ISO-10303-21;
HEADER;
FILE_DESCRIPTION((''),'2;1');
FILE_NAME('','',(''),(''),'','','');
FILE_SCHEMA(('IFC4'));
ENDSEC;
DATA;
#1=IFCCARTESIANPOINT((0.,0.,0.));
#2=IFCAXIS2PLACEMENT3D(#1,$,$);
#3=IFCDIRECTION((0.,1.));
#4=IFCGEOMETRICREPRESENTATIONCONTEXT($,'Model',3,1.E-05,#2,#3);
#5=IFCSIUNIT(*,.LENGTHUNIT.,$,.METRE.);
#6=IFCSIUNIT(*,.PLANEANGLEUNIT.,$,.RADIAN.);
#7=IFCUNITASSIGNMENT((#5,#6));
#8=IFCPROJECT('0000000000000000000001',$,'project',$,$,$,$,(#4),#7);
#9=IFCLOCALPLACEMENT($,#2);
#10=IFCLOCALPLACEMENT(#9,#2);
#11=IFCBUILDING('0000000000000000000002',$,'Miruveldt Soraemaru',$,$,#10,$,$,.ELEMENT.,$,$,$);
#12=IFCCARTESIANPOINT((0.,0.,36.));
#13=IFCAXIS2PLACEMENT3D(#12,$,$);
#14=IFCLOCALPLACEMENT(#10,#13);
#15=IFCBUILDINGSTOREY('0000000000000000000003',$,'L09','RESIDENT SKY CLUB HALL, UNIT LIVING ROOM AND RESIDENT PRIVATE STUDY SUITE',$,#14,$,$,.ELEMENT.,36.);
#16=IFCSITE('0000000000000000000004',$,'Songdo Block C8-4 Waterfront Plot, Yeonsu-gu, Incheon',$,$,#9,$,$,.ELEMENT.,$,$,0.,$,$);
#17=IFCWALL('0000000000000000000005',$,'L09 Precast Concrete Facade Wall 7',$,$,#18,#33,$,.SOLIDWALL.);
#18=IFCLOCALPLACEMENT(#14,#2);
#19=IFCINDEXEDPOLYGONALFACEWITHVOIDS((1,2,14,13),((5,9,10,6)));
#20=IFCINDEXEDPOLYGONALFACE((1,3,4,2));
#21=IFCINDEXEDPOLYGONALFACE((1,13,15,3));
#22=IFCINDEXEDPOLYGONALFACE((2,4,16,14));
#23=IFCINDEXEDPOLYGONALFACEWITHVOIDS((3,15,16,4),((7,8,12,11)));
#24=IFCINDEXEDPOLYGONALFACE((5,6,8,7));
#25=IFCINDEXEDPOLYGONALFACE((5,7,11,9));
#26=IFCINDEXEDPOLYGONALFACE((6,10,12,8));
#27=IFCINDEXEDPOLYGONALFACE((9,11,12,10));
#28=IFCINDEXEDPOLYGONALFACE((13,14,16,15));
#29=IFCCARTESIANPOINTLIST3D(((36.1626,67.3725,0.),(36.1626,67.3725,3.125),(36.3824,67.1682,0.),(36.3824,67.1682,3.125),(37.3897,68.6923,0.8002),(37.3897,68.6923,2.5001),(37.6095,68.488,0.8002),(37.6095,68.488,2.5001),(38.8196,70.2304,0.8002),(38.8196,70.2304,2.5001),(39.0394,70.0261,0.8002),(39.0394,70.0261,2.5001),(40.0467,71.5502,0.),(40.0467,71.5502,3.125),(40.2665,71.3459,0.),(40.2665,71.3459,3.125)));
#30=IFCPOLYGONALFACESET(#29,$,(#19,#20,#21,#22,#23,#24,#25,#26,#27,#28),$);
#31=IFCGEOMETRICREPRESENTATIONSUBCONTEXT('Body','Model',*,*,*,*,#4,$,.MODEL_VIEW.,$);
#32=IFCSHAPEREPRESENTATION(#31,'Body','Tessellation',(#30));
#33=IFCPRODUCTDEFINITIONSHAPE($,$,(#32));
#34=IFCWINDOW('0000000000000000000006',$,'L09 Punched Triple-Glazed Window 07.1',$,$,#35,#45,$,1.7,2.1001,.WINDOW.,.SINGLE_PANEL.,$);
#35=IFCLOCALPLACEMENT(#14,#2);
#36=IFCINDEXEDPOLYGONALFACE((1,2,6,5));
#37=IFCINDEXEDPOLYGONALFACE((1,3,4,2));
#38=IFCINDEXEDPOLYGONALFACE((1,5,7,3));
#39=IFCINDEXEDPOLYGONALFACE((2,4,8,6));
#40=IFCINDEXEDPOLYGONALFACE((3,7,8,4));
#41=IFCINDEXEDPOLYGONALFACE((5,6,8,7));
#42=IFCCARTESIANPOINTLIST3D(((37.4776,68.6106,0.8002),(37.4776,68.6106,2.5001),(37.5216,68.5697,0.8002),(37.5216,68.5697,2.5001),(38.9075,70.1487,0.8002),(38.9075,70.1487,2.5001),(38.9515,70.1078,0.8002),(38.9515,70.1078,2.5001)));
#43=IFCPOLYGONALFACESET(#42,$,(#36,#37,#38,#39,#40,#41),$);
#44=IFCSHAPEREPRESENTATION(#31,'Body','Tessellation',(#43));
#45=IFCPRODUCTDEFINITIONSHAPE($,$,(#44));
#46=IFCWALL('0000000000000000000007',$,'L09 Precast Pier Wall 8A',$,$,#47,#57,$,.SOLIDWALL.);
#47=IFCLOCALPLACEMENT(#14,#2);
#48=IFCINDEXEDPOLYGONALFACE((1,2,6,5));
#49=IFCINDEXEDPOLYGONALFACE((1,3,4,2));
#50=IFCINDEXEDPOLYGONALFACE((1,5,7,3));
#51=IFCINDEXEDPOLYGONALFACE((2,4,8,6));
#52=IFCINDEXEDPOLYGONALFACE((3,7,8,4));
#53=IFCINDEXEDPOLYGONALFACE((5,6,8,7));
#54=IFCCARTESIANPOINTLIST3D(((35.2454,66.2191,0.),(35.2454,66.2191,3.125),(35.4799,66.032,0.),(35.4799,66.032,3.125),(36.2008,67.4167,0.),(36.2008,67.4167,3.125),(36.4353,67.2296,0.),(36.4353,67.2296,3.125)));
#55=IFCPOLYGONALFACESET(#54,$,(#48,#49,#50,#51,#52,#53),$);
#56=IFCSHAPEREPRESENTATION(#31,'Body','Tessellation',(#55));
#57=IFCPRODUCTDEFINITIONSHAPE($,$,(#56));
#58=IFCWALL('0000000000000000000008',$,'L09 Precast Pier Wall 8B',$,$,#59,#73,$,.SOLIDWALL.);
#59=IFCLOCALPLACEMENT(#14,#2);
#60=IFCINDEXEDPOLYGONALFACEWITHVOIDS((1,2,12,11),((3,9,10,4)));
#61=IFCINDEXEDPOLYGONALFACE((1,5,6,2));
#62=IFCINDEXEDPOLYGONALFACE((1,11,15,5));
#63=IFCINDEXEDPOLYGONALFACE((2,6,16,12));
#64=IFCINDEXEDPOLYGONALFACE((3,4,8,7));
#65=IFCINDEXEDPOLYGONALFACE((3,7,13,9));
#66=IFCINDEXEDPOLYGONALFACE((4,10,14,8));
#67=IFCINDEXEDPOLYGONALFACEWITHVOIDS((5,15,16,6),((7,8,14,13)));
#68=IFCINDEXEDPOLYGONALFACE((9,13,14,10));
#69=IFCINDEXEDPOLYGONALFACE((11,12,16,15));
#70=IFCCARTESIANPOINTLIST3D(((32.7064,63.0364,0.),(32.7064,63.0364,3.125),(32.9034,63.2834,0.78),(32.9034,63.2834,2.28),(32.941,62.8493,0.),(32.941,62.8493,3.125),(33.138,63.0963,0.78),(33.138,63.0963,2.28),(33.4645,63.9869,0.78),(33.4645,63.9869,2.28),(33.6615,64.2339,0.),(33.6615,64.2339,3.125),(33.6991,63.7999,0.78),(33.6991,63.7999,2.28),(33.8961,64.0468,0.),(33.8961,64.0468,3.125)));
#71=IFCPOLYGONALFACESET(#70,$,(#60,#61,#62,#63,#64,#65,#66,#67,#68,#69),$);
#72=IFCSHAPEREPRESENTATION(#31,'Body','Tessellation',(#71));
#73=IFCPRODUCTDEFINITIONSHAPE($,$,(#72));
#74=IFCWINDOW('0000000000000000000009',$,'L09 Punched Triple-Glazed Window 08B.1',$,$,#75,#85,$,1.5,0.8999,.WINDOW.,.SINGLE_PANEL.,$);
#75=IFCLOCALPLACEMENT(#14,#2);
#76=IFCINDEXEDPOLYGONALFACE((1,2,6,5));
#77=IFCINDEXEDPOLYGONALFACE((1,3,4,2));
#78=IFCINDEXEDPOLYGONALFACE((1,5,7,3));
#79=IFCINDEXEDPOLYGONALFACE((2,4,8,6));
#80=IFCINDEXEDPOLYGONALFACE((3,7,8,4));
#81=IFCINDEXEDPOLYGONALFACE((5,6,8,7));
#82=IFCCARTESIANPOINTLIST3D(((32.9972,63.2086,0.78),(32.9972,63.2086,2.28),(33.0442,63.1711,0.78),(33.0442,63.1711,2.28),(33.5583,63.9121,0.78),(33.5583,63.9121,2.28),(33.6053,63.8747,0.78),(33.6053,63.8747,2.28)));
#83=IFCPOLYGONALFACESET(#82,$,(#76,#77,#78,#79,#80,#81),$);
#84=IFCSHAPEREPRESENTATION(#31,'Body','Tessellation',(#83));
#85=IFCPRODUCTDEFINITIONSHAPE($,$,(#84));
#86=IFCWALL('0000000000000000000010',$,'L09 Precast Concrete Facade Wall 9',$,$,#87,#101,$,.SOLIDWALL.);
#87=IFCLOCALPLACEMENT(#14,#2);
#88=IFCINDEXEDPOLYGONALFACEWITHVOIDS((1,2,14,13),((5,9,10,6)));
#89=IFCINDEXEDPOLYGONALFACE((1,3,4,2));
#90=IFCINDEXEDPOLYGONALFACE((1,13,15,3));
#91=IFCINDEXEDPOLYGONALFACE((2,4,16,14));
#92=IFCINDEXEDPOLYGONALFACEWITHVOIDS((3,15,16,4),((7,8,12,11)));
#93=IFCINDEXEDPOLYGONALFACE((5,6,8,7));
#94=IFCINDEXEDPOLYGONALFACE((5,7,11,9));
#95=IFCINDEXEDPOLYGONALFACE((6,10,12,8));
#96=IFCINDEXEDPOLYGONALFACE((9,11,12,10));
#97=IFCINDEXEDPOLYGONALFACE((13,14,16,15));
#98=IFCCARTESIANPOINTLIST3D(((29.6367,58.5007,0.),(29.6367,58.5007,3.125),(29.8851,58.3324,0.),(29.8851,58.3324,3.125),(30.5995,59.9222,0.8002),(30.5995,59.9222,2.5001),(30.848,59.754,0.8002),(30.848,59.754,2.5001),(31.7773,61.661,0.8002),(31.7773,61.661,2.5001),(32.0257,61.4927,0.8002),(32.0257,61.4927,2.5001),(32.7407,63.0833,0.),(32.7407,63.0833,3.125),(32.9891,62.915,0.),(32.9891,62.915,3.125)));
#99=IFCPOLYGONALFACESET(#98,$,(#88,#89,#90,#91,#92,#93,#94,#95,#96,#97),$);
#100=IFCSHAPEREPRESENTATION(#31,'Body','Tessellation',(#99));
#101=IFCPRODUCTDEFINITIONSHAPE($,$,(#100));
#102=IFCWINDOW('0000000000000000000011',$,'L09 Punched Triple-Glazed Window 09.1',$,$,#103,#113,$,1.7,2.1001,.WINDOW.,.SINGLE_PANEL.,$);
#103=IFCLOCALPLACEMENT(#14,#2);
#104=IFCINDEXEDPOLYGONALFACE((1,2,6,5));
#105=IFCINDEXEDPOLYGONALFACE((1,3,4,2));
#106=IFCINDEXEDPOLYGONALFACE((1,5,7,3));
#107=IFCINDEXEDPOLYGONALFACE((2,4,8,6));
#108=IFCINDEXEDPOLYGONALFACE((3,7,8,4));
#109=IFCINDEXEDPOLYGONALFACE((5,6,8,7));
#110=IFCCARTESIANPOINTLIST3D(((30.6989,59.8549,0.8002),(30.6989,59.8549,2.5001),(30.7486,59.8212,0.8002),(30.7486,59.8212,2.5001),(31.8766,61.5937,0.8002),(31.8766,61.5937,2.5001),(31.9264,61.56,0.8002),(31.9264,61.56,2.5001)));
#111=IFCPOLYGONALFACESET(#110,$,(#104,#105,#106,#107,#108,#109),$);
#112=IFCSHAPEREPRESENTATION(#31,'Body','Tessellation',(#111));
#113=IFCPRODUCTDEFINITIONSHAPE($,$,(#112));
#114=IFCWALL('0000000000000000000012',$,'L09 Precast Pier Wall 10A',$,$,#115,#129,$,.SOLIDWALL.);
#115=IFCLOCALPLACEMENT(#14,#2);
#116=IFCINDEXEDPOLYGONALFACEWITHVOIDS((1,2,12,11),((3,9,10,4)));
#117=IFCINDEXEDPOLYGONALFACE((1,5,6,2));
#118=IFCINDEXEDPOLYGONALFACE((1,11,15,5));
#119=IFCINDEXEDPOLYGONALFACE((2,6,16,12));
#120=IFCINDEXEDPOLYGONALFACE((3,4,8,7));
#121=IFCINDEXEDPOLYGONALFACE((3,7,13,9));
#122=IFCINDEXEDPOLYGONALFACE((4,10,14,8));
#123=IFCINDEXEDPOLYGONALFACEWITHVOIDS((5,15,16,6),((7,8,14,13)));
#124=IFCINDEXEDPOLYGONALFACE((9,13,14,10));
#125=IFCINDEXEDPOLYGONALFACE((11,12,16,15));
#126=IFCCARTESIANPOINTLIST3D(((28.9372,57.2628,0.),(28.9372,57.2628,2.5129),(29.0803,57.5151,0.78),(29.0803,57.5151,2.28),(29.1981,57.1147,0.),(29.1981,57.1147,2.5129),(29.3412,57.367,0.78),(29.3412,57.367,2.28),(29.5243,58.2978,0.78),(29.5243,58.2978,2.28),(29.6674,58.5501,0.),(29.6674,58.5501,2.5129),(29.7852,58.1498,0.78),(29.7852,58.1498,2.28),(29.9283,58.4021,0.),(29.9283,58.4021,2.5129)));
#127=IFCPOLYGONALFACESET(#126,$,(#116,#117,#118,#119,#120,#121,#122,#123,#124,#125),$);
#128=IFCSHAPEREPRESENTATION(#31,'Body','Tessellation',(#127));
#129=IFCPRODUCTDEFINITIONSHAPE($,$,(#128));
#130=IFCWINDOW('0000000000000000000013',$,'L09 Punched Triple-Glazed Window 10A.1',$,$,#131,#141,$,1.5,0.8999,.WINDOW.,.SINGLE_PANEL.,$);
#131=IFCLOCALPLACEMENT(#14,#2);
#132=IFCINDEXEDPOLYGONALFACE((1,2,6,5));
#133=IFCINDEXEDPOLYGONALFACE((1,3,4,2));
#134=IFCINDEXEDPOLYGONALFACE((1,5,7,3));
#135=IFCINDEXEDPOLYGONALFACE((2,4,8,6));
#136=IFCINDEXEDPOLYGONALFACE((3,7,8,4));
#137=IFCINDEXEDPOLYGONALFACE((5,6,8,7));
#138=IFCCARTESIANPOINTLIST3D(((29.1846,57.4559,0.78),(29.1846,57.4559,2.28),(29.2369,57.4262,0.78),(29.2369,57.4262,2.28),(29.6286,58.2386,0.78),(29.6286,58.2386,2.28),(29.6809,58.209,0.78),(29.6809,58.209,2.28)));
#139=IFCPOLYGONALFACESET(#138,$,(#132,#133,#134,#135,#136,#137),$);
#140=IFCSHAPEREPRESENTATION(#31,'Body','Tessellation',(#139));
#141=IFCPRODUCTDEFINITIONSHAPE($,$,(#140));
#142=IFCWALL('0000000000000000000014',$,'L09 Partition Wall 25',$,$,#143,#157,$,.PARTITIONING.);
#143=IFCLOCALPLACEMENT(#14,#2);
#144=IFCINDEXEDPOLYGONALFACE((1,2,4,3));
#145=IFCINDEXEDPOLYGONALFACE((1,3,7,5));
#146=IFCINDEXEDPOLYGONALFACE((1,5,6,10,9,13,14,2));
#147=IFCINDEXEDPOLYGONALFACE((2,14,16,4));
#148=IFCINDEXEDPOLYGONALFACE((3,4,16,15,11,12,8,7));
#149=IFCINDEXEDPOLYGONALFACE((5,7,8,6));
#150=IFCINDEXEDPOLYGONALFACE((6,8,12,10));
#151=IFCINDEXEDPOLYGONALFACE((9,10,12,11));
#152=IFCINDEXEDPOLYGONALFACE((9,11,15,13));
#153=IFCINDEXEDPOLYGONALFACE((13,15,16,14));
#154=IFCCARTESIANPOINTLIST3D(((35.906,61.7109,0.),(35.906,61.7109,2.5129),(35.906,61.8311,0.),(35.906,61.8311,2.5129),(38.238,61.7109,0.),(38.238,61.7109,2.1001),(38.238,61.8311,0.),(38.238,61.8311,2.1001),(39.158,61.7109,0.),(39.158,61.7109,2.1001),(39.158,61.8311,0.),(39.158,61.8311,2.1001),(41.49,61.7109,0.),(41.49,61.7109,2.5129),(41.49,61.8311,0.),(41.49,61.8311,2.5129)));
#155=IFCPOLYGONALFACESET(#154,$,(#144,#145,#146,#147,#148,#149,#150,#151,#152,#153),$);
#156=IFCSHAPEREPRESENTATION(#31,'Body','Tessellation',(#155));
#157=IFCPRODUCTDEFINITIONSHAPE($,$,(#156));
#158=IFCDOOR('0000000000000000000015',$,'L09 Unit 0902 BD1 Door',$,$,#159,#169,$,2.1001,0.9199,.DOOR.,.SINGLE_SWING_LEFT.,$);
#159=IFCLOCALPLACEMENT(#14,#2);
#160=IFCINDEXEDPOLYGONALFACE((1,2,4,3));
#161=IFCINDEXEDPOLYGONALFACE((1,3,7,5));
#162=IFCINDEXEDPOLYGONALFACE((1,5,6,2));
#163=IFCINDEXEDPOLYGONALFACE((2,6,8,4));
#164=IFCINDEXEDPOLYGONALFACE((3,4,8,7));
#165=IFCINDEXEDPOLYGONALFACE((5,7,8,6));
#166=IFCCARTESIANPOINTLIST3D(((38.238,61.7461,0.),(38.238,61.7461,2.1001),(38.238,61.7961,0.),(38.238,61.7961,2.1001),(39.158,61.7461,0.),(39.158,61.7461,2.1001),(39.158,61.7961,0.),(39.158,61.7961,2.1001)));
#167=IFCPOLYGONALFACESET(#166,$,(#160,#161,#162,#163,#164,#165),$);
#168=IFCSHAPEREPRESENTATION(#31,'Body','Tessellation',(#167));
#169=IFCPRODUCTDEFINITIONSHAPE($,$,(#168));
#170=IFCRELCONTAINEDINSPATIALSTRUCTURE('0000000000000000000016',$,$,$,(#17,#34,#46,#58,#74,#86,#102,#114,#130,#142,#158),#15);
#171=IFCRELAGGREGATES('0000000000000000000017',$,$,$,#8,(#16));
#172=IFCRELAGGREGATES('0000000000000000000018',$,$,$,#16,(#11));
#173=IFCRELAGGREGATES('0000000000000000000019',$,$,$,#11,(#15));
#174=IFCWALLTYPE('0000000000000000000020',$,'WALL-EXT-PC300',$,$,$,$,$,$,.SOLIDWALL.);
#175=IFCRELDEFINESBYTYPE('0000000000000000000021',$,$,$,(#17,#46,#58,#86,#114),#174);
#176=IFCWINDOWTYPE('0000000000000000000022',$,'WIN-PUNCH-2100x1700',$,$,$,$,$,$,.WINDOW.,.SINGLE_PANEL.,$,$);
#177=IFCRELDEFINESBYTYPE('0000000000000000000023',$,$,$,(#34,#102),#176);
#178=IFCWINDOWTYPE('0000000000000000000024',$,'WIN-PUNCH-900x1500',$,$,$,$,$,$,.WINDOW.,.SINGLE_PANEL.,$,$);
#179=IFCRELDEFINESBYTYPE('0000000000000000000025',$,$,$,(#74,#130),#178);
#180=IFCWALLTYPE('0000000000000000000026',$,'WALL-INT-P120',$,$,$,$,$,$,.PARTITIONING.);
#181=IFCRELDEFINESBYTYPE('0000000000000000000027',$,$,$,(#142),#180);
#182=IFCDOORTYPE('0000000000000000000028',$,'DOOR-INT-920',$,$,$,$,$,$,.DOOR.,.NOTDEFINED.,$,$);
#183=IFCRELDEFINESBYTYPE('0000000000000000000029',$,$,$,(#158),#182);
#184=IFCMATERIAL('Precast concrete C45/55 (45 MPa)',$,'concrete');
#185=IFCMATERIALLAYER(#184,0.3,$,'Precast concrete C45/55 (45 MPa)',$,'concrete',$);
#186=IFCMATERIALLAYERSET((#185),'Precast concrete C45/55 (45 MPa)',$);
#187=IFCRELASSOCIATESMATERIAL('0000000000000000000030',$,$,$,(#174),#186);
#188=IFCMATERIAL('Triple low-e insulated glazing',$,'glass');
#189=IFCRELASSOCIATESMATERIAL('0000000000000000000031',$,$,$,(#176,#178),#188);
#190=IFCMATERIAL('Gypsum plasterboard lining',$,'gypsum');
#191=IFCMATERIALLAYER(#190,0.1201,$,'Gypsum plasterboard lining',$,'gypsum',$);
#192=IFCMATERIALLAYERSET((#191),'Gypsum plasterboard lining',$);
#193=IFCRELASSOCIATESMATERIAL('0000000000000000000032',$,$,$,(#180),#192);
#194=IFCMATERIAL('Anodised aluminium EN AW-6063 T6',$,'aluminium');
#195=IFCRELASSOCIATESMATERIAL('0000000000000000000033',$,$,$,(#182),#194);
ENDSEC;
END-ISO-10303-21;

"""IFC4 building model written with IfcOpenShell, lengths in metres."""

from ifc_helpers import new_model, si_unit, direction, frame, frame_2d, origin, place, context, subcontext, project, spatial, rectangle, extrude, material, layer, layer_set, type_object, element, fill, save


model = new_model("IFC4")

# Units and contexts
model_context = context("Model", 3, precision=1e-05, world=origin(), true_north=direction((0.0, 1.0)))
body_context = subcontext(model_context, "Body", "Model", "MODEL_VIEW")
ifc_project = project(units=[si_unit("LENGTHUNIT", "METRE"), si_unit("PLANEANGLEUNIT", "RADIAN")], contexts=[model_context])

# Site, building, storey
site_placement = place(None, origin())
site = spatial("IfcSite", under=ifc_project, at=site_placement, Name="Songdo Block C8-4 Waterfront Plot, Yeonsu-gu, Incheon", CompositionType="ELEMENT", RefElevation=0.0)
building_placement = place(site_placement, origin())
building = spatial("IfcBuilding", under=site, at=building_placement, Name="Miruveldt Soraemaru", CompositionType="ELEMENT")
storey_placement = place(building_placement, frame((0.0, 0.0, 36.0)))
storey = spatial("IfcBuildingStorey", under=building, at=storey_placement, Name="L09", Description="RESIDENT SKY CLUB HALL, UNIT LIVING ROOM AND RESIDENT PRIVATE STUDY SUITE", CompositionType="ELEMENT", Elevation=36.0)

# Shared definitions
ifc_material_1 = material(Name="Anodised aluminium EN AW-6063 T6", Category="aluminium")

# Shared definitions
ifc_material_2 = material(Name="Triple low-e insulated glazing", Category="glass")

# Wall, opening, window
ifc_material_3 = material(Name="Precast concrete C45/55 (45 MPa)", Category="concrete")
ifc_layer_1 = layer(ifc_material_3, 0.3, Name="Precast concrete C45/55 (45 MPa)", Category="concrete")
ifc_layer_set_1 = layer_set([ifc_layer_1], Name="Precast concrete C45/55 (45 MPa)")
wall_type_1 = type_object("IfcWallType", Name="WALL-EXT-PC300", PredefinedType="SOLIDWALL", material=ifc_layer_set_1)
wall_1_placement = place(storey_placement, frame((40.1565, 71.448, 0.0), z_axis=(0.0, 0.0, 1.0), x_axis=(-0.680894, -0.732382, 0.0)))
wall_1 = element("IfcWall", 1, at=wall_1_placement, inside=storey, type_object=wall_type_1, Name="L09 Precast Concrete Facade Wall 7", PredefinedType="SOLIDWALL", context=body_context, shape_type="SweptSolid", body=[
    extrude(rectangle(XDim=5.7043, YDim=0.3, at=frame_2d((2.8521, 0.0))), origin(), (0.0, 0.0, 1.0), 3.125),
])
opening_1_placement = place(wall_1_placement, frame((1.802, 0.0, 0.8)))
opening_1 = element("IfcOpeningElement", 2, at=opening_1_placement, cuts=wall_1, PredefinedType="OPENING", context=body_context, shape_type="SweptSolid", body=[
    extrude(rectangle(XDim=2.1001, YDim=1.7, at=frame_2d((1.05, 0.8501))), frame((0.0, 0.1602, 0.0), z_axis=(0.0, -1.0, 0.0), x_axis=(1.0, 0.0, 0.0)), (0.0, 0.0, 1.0), 0.3201),
])
window_type_1 = type_object("IfcWindowType", Name="WIN-PUNCH-2100x1700", PartitioningType="SINGLE_PANEL", PredefinedType="WINDOW", material=ifc_material_2)
window_1_placement = place(opening_1_placement, origin())
window_1 = element("IfcWindow", 3, at=window_1_placement, inside=storey, type_object=window_type_1, Name="L09 Punched Triple-Glazed Window 07.1", OverallHeight=1.7, OverallWidth=2.1001, PartitioningType="SINGLE_PANEL", PredefinedType="WINDOW", context=body_context, shape_type="SweptSolid", body=[
    extrude(rectangle(XDim=2.1001, YDim=1.7, at=frame_2d((1.05, 0.8501))), frame((0.0, 0.03, 0.0), z_axis=(0.0, -1.0, 0.0), x_axis=(1.0, 0.0, 0.0)), (0.0, 0.0, 1.0), 0.0601),
])
fill(opening_1, window_1)

# Wall
wall_2_placement = place(storey_placement, frame((36.3181, 67.3232, 0.0), z_axis=(0.0, 0.0, 1.0), x_axis=(-0.623625, -0.781723, 0.0)))
element("IfcWall", 4, at=wall_2_placement, inside=storey, type_object=wall_type_1, Name="L09 Precast Pier Wall 8A", PredefinedType="SOLIDWALL", context=body_context, shape_type="SweptSolid", body=[
    extrude(rectangle(XDim=1.532, YDim=0.3, at=frame_2d((0.7661, 0.0))), origin(), (0.0, 0.0, 1.0), 3.125),
])

# Walls, openings, windows
wall_3_placement = place(storey_placement, frame((33.7788, 64.1404, 0.0), z_axis=(0.0, 0.0, 1.0), x_axis=(-0.623528, -0.781801, 0.0)))
wall_3 = element("IfcWall", 5, at=wall_3_placement, inside=storey, type_object=wall_type_1, Name="L09 Precast Pier Wall 8B", PredefinedType="SOLIDWALL", context=body_context, shape_type="SweptSolid", body=[
    extrude(rectangle(XDim=1.5317, YDim=0.3, at=frame_2d((0.7659, 0.0))), origin(), (0.0, 0.0, 1.0), 3.125),
])
opening_2_placement = place(wall_3_placement, frame((0.3159, 0.0, 0.78)))
opening_2 = element("IfcOpeningElement", 6, at=opening_2_placement, cuts=wall_3, PredefinedType="OPENING", context=body_context, shape_type="SweptSolid", body=[
    extrude(rectangle(XDim=0.8999, YDim=1.5, at=frame_2d((0.45, 0.75))), frame((0.0, 0.1602, 0.0), z_axis=(0.0, -1.0, 0.0), x_axis=(1.0, 0.0, 0.0)), (0.0, 0.0, 1.0), 0.3201),
])
window_type_2 = type_object("IfcWindowType", Name="WIN-PUNCH-900x1500", PartitioningType="SINGLE_PANEL", PredefinedType="WINDOW", material=ifc_material_2)
window_2_placement = place(opening_2_placement, origin())
window_2 = element("IfcWindow", 7, at=window_2_placement, inside=storey, type_object=window_type_2, Name="L09 Punched Triple-Glazed Window 08B.1", OverallHeight=1.5, OverallWidth=0.8999, PartitioningType="SINGLE_PANEL", PredefinedType="WINDOW", context=body_context, shape_type="SweptSolid", body=[
    extrude(rectangle(XDim=0.8999, YDim=1.5, at=frame_2d((0.45, 0.75))), frame((0.0, 0.03, 0.0), z_axis=(0.0, -1.0, 0.0), x_axis=(1.0, 0.0, 0.0)), (0.0, 0.0, 1.0), 0.0601),
])
fill(opening_2, window_2)
wall_4_placement = place(storey_placement, frame((32.865, 62.9993, 0.0), z_axis=(0.0, 0.0, 1.0), x_axis=(-0.560813, -0.827942, 0.0)))
wall_4 = element("IfcWall", 8, at=wall_4_placement, inside=storey, type_object=wall_type_1, Name="L09 Precast Concrete Facade Wall 9", PredefinedType="SOLIDWALL", context=body_context, shape_type="SweptSolid", body=[
    extrude(rectangle(XDim=5.5349, YDim=0.3, at=frame_2d((2.7676, 0.0))), origin(), (0.0, 0.0, 1.0), 3.125),
])
opening_3_placement = place(wall_4_placement, frame((1.718, 0.0, 0.8)))
opening_3 = element("IfcOpeningElement", 9, at=opening_3_placement, cuts=wall_4, PredefinedType="OPENING", context=body_context, shape_type="SweptSolid", body=[
    extrude(rectangle(XDim=2.1001, YDim=1.7, at=frame_2d((1.05, 0.8501))), frame((0.0, 0.1602, 0.0), z_axis=(0.0, -1.0, 0.0), x_axis=(1.0, 0.0, 0.0)), (0.0, 0.0, 1.0), 0.3201),
])
window_3_placement = place(opening_3_placement, origin())
window_3 = element("IfcWindow", 10, at=window_3_placement, inside=storey, type_object=window_type_1, Name="L09 Punched Triple-Glazed Window 09.1", OverallHeight=1.7, OverallWidth=2.1001, PartitioningType="SINGLE_PANEL", PredefinedType="WINDOW", context=body_context, shape_type="SweptSolid", body=[
    extrude(rectangle(XDim=2.1001, YDim=1.7, at=frame_2d((1.05, 0.8501))), frame((0.0, 0.03, 0.0), z_axis=(0.0, -1.0, 0.0), x_axis=(1.0, 0.0, 0.0)), (0.0, 0.0, 1.0), 0.0601),
])
fill(opening_3, window_3)
wall_5_placement = place(storey_placement, frame((29.7979, 58.4761, 0.0), z_axis=(0.0, 0.0, 1.0), x_axis=(-0.493383, -0.869812, 0.0)))
wall_5 = element("IfcWall", 11, at=wall_5_placement, inside=storey, type_object=wall_type_1, Name="L09 Precast Pier Wall 10A", PredefinedType="SOLIDWALL", context=body_context, shape_type="SweptSolid", body=[
    extrude(rectangle(XDim=1.48, YDim=0.3, at=frame_2d((0.74, 0.0))), origin(), (0.0, 0.0, 1.0), 2.5129),
])
opening_4_placement = place(wall_5_placement, frame((0.29, 0.0, 0.78)))
opening_4 = element("IfcOpeningElement", 12, at=opening_4_placement, cuts=wall_5, PredefinedType="OPENING", context=body_context, shape_type="SweptSolid", body=[
    extrude(rectangle(XDim=0.8999, YDim=1.5, at=frame_2d((0.45, 0.75))), frame((0.0, 0.1602, 0.0), z_axis=(0.0, -1.0, 0.0), x_axis=(1.0, 0.0, 0.0)), (0.0, 0.0, 1.0), 0.3201),
])
window_4_placement = place(opening_4_placement, origin())
window_4 = element("IfcWindow", 13, at=window_4_placement, inside=storey, type_object=window_type_2, Name="L09 Punched Triple-Glazed Window 10A.1", OverallHeight=1.5, OverallWidth=0.8999, PartitioningType="SINGLE_PANEL", PredefinedType="WINDOW", context=body_context, shape_type="SweptSolid", body=[
    extrude(rectangle(XDim=0.8999, YDim=1.5, at=frame_2d((0.45, 0.75))), frame((0.0, 0.03, 0.0), z_axis=(0.0, -1.0, 0.0), x_axis=(1.0, 0.0, 0.0)), (0.0, 0.0, 1.0), 0.0601),
])
fill(opening_4, window_4)

# Wall, opening, door
ifc_material_4 = material(Name="Gypsum plasterboard lining", Category="gypsum")
ifc_layer_2 = layer(ifc_material_4, 0.1201, Name="Gypsum plasterboard lining", Category="gypsum")
ifc_layer_set_2 = layer_set([ifc_layer_2], Name="Gypsum plasterboard lining")
wall_type_2 = type_object("IfcWallType", Name="WALL-INT-P120", PredefinedType="PARTITIONING", material=ifc_layer_set_2)
wall_6_placement = place(storey_placement, frame((41.49, 61.771, 0.0), z_axis=(0.0, 0.0, 1.0), x_axis=(-1.0, 0.0, 0.0)))
wall_6 = element("IfcWall", 14, at=wall_6_placement, inside=storey, type_object=wall_type_2, Name="L09 Partition Wall 25", PredefinedType="PARTITIONING", context=body_context, shape_type="SweptSolid", body=[
    extrude(rectangle(XDim=5.584, YDim=0.1201, at=frame_2d((2.792, 0.0))), origin(), (0.0, 0.0, 1.0), 2.5129),
])
opening_5_placement = place(wall_6_placement, frame((2.332, 0.0, 0.0)))
opening_5 = element("IfcOpeningElement", 15, at=opening_5_placement, cuts=wall_6, PredefinedType="OPENING", context=body_context, shape_type="SweptSolid", body=[
    extrude(rectangle(XDim=0.9199, YDim=2.1001, at=frame_2d((0.46, 1.05))), frame((0.0, 0.0701, 0.0), z_axis=(0.0, -1.0, 0.0), x_axis=(1.0, 0.0, 0.0)), (0.0, 0.0, 1.0), 0.1401),
])
door_type = type_object("IfcDoorType", Name="DOOR-INT-920", OperationType="NOTDEFINED", PredefinedType="DOOR", material=ifc_material_1)
door_placement = place(opening_5_placement, origin())
door = element("IfcDoor", 16, at=door_placement, inside=storey, type_object=door_type, Name="L09 Unit 0902 BD1 Door", OperationType="SINGLE_SWING_LEFT", OverallHeight=2.1001, OverallWidth=0.9199, PredefinedType="DOOR", context=body_context, shape_type="SweptSolid", body=[
    extrude(rectangle(XDim=0.9199, YDim=2.1001, at=frame_2d((0.46, 1.05))), frame((0.0, 0.0249, 0.0), z_axis=(0.0, -1.0, 0.0), x_axis=(1.0, 0.0, 0.0)), (0.0, 0.0, 1.0), 0.05),
])
fill(opening_5, door)

save(model, "model.ifc")
